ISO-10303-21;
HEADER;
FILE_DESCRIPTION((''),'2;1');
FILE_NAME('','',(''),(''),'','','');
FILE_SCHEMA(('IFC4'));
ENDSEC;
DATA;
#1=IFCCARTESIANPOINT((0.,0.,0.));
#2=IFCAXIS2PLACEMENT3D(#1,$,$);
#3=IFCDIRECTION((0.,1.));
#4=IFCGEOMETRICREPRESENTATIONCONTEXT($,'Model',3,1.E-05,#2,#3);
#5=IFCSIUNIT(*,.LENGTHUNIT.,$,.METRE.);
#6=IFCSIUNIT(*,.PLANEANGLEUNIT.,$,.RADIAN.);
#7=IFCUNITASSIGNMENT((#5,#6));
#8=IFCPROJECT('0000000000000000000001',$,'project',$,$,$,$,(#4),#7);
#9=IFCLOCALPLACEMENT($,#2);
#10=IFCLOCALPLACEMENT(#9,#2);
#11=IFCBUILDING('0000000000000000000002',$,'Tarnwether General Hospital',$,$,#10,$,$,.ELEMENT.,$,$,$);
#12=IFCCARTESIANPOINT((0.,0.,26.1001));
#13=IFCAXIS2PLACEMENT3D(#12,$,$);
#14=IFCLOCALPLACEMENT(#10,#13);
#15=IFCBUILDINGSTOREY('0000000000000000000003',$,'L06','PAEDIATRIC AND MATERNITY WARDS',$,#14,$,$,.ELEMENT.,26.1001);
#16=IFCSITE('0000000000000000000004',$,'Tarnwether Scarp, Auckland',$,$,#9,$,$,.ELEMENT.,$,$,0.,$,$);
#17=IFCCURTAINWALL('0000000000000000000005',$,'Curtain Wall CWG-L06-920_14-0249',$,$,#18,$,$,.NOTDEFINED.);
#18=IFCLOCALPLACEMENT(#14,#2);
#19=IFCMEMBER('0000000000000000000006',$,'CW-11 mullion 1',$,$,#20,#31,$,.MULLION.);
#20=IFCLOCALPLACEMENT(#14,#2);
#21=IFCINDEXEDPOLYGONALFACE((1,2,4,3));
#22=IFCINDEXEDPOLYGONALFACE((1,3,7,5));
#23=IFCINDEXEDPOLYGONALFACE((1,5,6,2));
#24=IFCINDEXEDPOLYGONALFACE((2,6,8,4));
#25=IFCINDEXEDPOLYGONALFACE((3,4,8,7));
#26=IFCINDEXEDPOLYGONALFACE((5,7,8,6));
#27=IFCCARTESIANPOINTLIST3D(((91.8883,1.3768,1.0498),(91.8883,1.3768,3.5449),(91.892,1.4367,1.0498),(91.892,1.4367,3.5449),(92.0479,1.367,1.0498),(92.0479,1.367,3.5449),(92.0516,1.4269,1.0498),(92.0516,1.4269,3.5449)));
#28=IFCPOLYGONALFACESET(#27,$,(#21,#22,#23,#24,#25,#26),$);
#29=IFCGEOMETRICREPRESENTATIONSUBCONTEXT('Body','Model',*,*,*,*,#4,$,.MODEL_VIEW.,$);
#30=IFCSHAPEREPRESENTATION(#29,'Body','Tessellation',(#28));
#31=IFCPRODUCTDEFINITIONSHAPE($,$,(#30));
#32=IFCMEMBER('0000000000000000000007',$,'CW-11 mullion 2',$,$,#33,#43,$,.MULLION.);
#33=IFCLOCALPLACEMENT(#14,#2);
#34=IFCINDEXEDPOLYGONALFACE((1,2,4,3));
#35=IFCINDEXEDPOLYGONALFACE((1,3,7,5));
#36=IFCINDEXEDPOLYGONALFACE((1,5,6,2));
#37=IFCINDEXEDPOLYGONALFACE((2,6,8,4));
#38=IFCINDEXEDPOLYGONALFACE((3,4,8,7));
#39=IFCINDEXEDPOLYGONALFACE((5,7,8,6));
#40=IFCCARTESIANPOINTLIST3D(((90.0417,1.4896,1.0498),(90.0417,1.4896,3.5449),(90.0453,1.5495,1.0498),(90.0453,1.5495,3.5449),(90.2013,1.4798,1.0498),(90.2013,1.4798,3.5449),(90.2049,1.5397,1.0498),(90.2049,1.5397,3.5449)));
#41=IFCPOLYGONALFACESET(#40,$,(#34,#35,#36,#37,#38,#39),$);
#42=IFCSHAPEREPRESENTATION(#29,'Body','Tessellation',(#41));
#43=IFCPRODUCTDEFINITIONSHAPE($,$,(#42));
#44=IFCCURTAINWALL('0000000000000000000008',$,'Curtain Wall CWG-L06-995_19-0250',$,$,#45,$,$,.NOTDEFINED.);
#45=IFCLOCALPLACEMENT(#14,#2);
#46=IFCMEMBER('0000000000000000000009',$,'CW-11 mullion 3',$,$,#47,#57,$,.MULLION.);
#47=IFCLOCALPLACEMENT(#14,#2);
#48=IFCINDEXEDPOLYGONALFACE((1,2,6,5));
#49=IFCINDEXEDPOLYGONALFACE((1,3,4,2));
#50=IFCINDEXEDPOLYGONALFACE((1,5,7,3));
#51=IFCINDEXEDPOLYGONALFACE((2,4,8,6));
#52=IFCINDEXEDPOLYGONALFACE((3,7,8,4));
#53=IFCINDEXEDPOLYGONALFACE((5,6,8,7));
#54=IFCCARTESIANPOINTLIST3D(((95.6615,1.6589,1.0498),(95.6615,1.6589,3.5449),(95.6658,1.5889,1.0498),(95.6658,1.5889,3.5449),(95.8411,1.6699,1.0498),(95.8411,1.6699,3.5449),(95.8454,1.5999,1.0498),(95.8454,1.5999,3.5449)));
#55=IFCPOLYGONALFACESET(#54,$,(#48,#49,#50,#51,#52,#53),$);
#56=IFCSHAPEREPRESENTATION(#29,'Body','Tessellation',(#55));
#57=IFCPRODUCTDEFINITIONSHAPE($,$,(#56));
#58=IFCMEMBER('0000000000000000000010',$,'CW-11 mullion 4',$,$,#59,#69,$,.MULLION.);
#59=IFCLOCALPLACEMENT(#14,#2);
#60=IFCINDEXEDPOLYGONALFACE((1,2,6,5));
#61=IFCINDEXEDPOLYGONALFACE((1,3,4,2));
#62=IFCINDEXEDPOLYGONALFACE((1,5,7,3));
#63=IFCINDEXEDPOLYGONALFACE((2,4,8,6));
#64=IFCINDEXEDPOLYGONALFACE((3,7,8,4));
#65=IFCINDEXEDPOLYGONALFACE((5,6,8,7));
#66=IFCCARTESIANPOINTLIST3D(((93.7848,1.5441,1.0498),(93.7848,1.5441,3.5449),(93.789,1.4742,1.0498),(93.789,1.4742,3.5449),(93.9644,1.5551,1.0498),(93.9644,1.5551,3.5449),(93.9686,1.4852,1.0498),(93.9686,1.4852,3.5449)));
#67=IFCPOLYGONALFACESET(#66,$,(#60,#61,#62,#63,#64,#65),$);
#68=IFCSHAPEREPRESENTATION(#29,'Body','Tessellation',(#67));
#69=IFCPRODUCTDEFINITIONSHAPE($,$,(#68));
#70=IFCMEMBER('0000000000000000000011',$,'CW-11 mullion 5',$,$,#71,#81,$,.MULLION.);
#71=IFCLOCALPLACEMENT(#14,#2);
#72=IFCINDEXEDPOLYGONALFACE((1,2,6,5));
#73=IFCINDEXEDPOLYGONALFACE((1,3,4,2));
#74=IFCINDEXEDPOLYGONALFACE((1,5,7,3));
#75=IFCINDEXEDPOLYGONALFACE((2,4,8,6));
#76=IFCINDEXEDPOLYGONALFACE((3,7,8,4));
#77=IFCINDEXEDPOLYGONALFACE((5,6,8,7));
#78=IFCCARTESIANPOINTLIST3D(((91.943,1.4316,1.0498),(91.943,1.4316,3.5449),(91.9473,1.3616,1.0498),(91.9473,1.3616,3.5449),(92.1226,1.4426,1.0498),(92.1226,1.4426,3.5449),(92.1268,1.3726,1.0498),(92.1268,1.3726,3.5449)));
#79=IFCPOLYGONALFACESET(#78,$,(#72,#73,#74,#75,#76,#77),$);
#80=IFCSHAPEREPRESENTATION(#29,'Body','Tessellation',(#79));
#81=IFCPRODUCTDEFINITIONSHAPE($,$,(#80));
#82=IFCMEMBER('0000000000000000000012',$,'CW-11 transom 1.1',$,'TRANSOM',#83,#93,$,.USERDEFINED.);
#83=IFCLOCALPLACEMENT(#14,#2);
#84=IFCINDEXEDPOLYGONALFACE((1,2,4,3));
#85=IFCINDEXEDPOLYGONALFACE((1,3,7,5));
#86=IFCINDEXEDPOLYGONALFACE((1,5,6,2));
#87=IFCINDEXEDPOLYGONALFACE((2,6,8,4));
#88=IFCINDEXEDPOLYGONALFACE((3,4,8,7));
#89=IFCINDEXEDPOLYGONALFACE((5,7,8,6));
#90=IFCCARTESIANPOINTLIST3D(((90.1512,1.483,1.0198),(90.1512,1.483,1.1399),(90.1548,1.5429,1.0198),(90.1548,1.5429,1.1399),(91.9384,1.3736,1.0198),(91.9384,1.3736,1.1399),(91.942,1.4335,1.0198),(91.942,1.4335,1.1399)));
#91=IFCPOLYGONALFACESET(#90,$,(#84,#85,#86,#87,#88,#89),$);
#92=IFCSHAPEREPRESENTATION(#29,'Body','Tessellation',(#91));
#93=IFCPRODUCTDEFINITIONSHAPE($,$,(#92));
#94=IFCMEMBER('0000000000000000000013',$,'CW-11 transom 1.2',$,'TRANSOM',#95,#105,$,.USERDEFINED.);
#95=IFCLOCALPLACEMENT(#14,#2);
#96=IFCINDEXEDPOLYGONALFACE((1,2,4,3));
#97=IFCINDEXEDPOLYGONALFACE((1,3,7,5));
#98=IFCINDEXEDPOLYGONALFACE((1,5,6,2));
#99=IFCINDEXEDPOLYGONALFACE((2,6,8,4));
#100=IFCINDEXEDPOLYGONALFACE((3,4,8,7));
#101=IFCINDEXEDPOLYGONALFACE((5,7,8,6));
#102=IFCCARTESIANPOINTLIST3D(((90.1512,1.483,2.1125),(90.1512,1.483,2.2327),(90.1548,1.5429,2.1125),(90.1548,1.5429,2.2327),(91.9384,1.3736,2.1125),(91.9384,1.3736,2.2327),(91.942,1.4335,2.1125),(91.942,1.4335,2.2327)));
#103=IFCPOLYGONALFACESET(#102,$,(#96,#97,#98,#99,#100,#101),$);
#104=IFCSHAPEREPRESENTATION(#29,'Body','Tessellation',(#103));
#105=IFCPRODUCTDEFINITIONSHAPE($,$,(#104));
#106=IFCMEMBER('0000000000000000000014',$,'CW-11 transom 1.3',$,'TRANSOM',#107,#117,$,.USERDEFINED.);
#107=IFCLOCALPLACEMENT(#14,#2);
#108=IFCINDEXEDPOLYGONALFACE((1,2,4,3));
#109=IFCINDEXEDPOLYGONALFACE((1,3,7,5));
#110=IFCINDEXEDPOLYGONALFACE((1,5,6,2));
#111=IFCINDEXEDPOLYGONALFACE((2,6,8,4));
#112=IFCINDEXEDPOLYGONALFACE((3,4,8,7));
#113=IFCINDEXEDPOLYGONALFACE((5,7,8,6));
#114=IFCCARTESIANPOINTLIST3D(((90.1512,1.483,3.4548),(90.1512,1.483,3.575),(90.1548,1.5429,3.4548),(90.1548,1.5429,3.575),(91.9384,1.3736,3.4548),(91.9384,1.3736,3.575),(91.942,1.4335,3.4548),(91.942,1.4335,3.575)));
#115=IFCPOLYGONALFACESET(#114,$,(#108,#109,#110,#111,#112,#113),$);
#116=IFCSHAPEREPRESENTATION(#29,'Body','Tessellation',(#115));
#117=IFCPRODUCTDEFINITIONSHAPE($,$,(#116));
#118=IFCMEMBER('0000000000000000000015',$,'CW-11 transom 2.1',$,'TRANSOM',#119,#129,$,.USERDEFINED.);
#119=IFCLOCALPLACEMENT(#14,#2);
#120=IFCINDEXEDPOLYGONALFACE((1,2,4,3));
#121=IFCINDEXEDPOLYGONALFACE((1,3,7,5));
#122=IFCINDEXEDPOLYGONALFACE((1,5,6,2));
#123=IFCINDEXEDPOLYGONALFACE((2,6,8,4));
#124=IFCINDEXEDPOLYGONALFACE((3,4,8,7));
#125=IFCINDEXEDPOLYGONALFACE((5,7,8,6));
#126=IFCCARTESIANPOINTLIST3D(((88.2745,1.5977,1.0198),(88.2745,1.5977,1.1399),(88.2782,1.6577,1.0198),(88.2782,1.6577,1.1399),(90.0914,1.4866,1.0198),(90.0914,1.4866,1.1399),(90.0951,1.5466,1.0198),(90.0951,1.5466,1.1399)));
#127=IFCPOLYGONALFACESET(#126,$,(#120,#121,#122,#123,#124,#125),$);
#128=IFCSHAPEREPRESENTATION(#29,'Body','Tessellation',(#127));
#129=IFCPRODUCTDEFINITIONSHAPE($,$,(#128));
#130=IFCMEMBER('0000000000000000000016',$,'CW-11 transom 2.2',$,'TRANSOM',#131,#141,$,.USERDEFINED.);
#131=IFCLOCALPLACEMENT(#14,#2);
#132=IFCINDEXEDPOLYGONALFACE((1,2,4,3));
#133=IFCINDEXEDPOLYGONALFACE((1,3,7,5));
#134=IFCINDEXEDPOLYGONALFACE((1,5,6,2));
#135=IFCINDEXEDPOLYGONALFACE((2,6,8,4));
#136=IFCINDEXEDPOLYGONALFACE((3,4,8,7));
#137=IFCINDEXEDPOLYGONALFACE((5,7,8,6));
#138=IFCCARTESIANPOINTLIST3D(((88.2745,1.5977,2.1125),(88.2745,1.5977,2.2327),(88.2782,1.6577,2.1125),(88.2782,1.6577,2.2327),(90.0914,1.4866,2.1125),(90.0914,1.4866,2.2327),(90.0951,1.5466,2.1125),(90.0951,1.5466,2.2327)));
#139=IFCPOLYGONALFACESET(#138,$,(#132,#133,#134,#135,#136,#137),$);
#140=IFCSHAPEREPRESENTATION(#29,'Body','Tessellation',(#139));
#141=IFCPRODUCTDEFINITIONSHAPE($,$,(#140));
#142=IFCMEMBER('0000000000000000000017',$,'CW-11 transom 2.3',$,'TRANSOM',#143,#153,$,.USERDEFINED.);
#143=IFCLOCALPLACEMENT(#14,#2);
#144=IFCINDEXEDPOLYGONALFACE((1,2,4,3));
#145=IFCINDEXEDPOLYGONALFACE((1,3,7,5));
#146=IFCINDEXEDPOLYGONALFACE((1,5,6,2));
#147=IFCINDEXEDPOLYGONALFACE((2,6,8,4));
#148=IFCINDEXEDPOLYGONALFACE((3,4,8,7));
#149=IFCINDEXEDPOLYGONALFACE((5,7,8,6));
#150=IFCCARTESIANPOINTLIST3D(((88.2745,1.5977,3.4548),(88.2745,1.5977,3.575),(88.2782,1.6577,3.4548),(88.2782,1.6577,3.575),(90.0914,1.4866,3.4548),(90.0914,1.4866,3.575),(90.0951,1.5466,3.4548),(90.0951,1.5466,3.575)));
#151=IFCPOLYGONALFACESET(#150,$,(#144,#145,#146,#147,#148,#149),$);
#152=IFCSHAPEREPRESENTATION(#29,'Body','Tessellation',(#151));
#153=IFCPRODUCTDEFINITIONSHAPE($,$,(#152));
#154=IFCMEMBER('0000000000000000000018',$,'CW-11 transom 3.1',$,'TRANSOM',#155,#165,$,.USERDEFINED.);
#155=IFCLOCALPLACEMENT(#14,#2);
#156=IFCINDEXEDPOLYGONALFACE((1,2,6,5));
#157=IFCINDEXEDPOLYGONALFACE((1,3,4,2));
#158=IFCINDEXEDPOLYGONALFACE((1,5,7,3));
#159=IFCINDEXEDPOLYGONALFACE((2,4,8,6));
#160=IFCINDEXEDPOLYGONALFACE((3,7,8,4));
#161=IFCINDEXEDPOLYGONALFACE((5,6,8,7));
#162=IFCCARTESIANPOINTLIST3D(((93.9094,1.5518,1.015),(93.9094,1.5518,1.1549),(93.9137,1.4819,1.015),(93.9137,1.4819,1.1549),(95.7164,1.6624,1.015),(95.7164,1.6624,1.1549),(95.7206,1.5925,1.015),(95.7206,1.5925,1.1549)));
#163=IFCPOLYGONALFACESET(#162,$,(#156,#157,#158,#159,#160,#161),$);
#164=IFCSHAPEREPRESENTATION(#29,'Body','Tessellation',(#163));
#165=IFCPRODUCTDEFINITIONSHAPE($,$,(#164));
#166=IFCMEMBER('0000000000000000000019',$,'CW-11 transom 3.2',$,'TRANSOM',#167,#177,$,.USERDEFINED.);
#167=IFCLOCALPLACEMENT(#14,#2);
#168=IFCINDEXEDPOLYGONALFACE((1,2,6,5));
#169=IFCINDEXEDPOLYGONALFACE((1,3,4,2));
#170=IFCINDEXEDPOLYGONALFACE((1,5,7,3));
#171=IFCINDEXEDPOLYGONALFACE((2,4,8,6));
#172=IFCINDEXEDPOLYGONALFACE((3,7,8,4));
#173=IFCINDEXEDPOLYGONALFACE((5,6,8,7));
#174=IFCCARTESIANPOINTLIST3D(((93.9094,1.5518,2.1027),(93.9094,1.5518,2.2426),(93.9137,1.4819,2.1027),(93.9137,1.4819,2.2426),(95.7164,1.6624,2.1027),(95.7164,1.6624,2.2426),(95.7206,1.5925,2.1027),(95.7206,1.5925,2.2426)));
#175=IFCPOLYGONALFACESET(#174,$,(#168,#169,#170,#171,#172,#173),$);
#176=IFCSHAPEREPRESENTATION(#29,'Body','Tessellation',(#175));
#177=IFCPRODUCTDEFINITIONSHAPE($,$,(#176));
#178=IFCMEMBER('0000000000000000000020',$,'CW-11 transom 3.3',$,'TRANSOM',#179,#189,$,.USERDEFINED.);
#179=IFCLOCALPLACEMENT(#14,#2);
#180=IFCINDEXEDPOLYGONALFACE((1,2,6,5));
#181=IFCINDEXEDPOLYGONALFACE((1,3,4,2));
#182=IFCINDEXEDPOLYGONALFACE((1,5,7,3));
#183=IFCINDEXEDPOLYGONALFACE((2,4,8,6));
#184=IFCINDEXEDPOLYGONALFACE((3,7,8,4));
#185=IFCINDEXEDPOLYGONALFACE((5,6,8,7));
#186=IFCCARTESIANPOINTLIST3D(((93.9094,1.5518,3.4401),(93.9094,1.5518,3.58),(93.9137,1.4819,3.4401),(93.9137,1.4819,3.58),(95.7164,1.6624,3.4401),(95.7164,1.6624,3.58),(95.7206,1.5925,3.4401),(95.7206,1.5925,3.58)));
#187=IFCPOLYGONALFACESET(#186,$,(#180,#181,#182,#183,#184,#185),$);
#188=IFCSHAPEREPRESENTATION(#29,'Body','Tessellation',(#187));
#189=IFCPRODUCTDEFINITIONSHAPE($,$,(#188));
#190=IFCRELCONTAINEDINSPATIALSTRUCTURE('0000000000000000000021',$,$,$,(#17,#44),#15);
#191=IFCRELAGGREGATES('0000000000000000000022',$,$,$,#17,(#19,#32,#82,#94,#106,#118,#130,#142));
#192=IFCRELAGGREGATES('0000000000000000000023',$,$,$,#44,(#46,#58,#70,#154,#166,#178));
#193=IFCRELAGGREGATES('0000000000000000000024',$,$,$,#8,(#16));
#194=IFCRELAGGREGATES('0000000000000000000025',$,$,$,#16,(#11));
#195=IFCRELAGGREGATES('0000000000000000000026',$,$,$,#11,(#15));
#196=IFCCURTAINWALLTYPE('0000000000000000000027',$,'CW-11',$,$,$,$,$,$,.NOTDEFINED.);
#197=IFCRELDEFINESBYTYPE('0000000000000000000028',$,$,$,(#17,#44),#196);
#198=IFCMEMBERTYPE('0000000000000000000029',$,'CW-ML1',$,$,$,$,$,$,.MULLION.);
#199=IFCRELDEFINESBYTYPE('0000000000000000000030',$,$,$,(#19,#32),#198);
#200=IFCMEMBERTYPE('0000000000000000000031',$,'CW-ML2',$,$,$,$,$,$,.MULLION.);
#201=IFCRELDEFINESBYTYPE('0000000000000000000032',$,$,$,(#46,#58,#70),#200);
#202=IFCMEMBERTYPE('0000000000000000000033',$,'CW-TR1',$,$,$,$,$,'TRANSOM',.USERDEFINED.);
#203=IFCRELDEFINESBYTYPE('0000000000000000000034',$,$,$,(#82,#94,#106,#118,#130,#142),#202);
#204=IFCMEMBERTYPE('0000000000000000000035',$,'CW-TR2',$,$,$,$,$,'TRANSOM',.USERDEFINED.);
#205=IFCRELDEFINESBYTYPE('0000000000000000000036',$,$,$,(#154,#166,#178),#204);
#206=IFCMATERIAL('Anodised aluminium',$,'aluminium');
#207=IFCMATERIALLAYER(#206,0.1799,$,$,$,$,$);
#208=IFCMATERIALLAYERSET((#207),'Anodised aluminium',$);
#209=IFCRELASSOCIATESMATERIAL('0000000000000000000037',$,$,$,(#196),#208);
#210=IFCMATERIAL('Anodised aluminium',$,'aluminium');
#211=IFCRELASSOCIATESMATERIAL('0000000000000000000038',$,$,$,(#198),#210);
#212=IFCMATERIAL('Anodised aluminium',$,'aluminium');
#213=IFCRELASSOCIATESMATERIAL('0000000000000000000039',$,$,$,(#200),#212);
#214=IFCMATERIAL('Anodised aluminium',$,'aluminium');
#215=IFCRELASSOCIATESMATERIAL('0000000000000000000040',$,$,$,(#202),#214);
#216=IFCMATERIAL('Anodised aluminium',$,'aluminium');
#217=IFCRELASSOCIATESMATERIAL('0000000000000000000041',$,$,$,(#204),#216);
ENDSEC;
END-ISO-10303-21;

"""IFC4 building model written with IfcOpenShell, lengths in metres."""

from ifc_helpers import new_model, si_unit, direction, frame, origin, origin_2d, place, context, subcontext, project, spatial, rectangle, extrude, material, layer, layer_set, material_profile, profile_set, type_object, element, aggregate, save


model = new_model("IFC4")

# Units and contexts
model_context = context("Model", 3, precision=1e-05, world=origin(), true_north=direction((0.0, 1.0)))
body_context = subcontext(model_context, "Body", "Model", "MODEL_VIEW")
ifc_project = project(units=[si_unit("LENGTHUNIT", "METRE"), si_unit("PLANEANGLEUNIT", "RADIAN")], contexts=[model_context])

# Site, building, storey
site_placement = place(None, origin())
site = spatial("IfcSite", under=ifc_project, at=site_placement, Name="Tarnwether Scarp, Auckland", CompositionType="ELEMENT", RefElevation=0.0)
building_placement = place(site_placement, origin())
building = spatial("IfcBuilding", under=site, at=building_placement, Name="Tarnwether General Hospital", CompositionType="ELEMENT")
storey_placement = place(building_placement, frame((0.0, 0.0, 26.1001)))
storey = spatial("IfcBuildingStorey", under=building, at=storey_placement, Name="L06", Description="PAEDIATRIC AND MATERNITY WARDS", CompositionType="ELEMENT", Elevation=26.1001)

# Curtain walls, members
ifc_material_1 = material(Name="Anodised aluminium", Category="aluminium")
ifc_layer_1 = layer(ifc_material_1, 0.1799)
ifc_layer_set_1 = layer_set([ifc_layer_1], Name="Anodised aluminium")
curtain_wall_type = type_object("IfcCurtainWallType", Name="CW-11", PredefinedType="NOTDEFINED", material=ifc_layer_set_1)
curtain_wall_1_placement = place(storey_placement, origin())
curtain_wall_1 = element("IfcCurtainWall", 1, at=curtain_wall_1_placement, inside=storey, type_object=curtain_wall_type, Name="Curtain Wall CWG-L06-920_14-0249", PredefinedType="NOTDEFINED")
ifc_material_2 = material(Name="Anodised aluminium", Category="aluminium")
ifc_material_profile_1 = material_profile(ifc_material_2, rectangle(XDim=0.0601, YDim=0.1599, at=origin_2d()), Name="ALU-MUL-60x160")
ifc_profile_set_1 = profile_set([ifc_material_profile_1], Name="Anodised aluminium")
member_type_1 = type_object("IfcMemberType", Name="CW-ML1", PredefinedType="MULLION", material=ifc_profile_set_1)
member_1_placement = place(storey_placement, frame((91.97, 1.4019, 1.0498), z_axis=(0.0, 0.0, 1.0), x_axis=(-0.061029, -0.998136, 0.0)))
member_1 = element("IfcMember", 2, at=member_1_placement, type_object=member_type_1, Name="CW-11 mullion 1", PredefinedType="MULLION", context=body_context, shape_type="SweptSolid", body=[
    extrude(rectangle(XDim=0.0601, YDim=0.1599, at=origin_2d()), origin(), (0.0, 0.0, 1.0), 2.4951),
])
member_2_placement = place(storey_placement, frame((90.1233, 1.5146, 1.0498), z_axis=(0.0, 0.0, 1.0), x_axis=(-0.061029, -0.998136, 0.0)))
member_2 = element("IfcMember", 3, at=member_2_placement, type_object=member_type_1, Name="CW-11 mullion 2", PredefinedType="MULLION", context=body_context, shape_type="SweptSolid", body=[
    extrude(rectangle(XDim=0.0601, YDim=0.1599, at=origin_2d()), origin(), (0.0, 0.0, 1.0), 2.4951),
])
curtain_wall_2_placement = place(storey_placement, origin())
curtain_wall_2 = element("IfcCurtainWall", 4, at=curtain_wall_2_placement, inside=storey, type_object=curtain_wall_type, Name="Curtain Wall CWG-L06-995_19-0250", PredefinedType="NOTDEFINED")
ifc_material_3 = material(Name="Anodised aluminium", Category="aluminium")
ifc_material_profile_2 = material_profile(ifc_material_3, rectangle(XDim=0.0701, YDim=0.1799, at=origin_2d()), Name="ALU-MUL-70x180")
ifc_profile_set_2 = profile_set([ifc_material_profile_2], Name="Anodised aluminium")
member_type_2 = type_object("IfcMemberType", Name="CW-ML2", PredefinedType="MULLION", material=ifc_profile_set_2)
member_3_placement = place(storey_placement, frame((95.7534, 1.6294, 1.0498), z_axis=(0.0, 0.0, 1.0), x_axis=(0.061029, -0.998136, 0.0)))
member_3 = element("IfcMember", 5, at=member_3_placement, type_object=member_type_2, Name="CW-11 mullion 3", PredefinedType="MULLION", context=body_context, shape_type="SweptSolid", body=[
    extrude(rectangle(XDim=0.0701, YDim=0.1799, at=origin_2d()), origin(), (0.0, 0.0, 1.0), 2.4951),
])
member_4_placement = place(storey_placement, frame((93.8767, 1.5146, 1.0498), z_axis=(0.0, 0.0, 1.0), x_axis=(0.061029, -0.998136, 0.0)))
member_4 = element("IfcMember", 6, at=member_4_placement, type_object=member_type_2, Name="CW-11 mullion 4", PredefinedType="MULLION", context=body_context, shape_type="SweptSolid", body=[
    extrude(rectangle(XDim=0.0701, YDim=0.1799, at=origin_2d()), origin(), (0.0, 0.0, 1.0), 2.4951),
])
member_5_placement = place(storey_placement, frame((92.0349, 1.4021, 1.0498), z_axis=(0.0, 0.0, 1.0), x_axis=(0.061029, -0.998136, 0.0)))
member_5 = element("IfcMember", 7, at=member_5_placement, type_object=member_type_2, Name="CW-11 mullion 5", PredefinedType="MULLION", context=body_context, shape_type="SweptSolid", body=[
    extrude(rectangle(XDim=0.0701, YDim=0.1799, at=origin_2d()), origin(), (0.0, 0.0, 1.0), 2.4951),
])

# Members
ifc_material_4 = material(Name="Anodised aluminium", Category="aluminium")
ifc_material_profile_3 = material_profile(ifc_material_4, rectangle(XDim=0.0601, YDim=0.1201, at=origin_2d()), Name="ALU-TRN-60x120")
ifc_profile_set_3 = profile_set([ifc_material_profile_3], Name="Anodised aluminium")
member_type_3 = type_object("IfcMemberType", Name="CW-TR1", ElementType="TRANSOM", PredefinedType="USERDEFINED", material=ifc_profile_set_3)
member_6_placement = place(storey_placement, frame((91.9402, 1.4036, 1.0798), z_axis=(-0.998132, 0.061088, 0.0), x_axis=(-0.061088, -0.998132, 0.0)))
member_6 = element("IfcMember", 8, at=member_6_placement, type_object=member_type_3, Name="CW-11 transom 1.1", ObjectType="TRANSOM", PredefinedType="USERDEFINED", context=body_context, shape_type="SweptSolid", body=[
    extrude(rectangle(XDim=0.0601, YDim=0.1201, at=origin_2d()), origin(), (0.0, 0.0, 1.0), 1.7905),
])
member_7_placement = place(storey_placement, frame((91.9402, 1.4036, 2.1726), z_axis=(-0.998132, 0.061088, 0.0), x_axis=(-0.061088, -0.998132, 0.0)))
member_7 = element("IfcMember", 9, at=member_7_placement, type_object=member_type_3, Name="CW-11 transom 1.2", ObjectType="TRANSOM", PredefinedType="USERDEFINED", context=body_context, shape_type="SweptSolid", body=[
    extrude(rectangle(XDim=0.0601, YDim=0.1201, at=origin_2d()), origin(), (0.0, 0.0, 1.0), 1.7905),
])
member_8_placement = place(storey_placement, frame((91.9402, 1.4036, 3.5149), z_axis=(-0.998132, 0.061088, 0.0), x_axis=(-0.061088, -0.998132, 0.0)))
member_8 = element("IfcMember", 10, at=member_8_placement, type_object=member_type_3, Name="CW-11 transom 1.3", ObjectType="TRANSOM", PredefinedType="USERDEFINED", context=body_context, shape_type="SweptSolid", body=[
    extrude(rectangle(XDim=0.0601, YDim=0.1201, at=origin_2d()), origin(), (0.0, 0.0, 1.0), 1.7905),
])
member_9_placement = place(storey_placement, frame((90.0933, 1.5166, 1.0798), z_axis=(-0.998136, 0.061026, 0.0), x_axis=(-0.061026, -0.998136, 0.0)))
member_9 = element("IfcMember", 11, at=member_9_placement, type_object=member_type_3, Name="CW-11 transom 2.1", ObjectType="TRANSOM", PredefinedType="USERDEFINED", context=body_context, shape_type="SweptSolid", body=[
    extrude(rectangle(XDim=0.0601, YDim=0.1201, at=origin_2d()), origin(), (0.0, 0.0, 1.0), 1.8203),
])
member_10_placement = place(storey_placement, frame((90.0933, 1.5166, 2.1726), z_axis=(-0.998136, 0.061026, 0.0), x_axis=(-0.061026, -0.998136, 0.0)))
member_10 = element("IfcMember", 12, at=member_10_placement, type_object=member_type_3, Name="CW-11 transom 2.2", ObjectType="TRANSOM", PredefinedType="USERDEFINED", context=body_context, shape_type="SweptSolid", body=[
    extrude(rectangle(XDim=0.0601, YDim=0.1201, at=origin_2d()), origin(), (0.0, 0.0, 1.0), 1.8203),
])
member_11_placement = place(storey_placement, frame((90.0933, 1.5166, 3.5149), z_axis=(-0.998136, 0.061026, 0.0), x_axis=(-0.061026, -0.998136, 0.0)))
member_11 = element("IfcMember", 13, at=member_11_placement, type_object=member_type_3, Name="CW-11 transom 2.3", ObjectType="TRANSOM", PredefinedType="USERDEFINED", context=body_context, shape_type="SweptSolid", body=[
    extrude(rectangle(XDim=0.0601, YDim=0.1201, at=origin_2d()), origin(), (0.0, 0.0, 1.0), 1.8203),
])
ifc_material_5 = material(Name="Anodised aluminium", Category="aluminium")
ifc_material_profile_4 = material_profile(ifc_material_5, rectangle(XDim=0.0701, YDim=0.1399, at=origin_2d()), Name="ALU-TRN-70x140")
ifc_profile_set_4 = profile_set([ifc_material_profile_4], Name="Anodised aluminium")
member_type_4 = type_object("IfcMemberType", Name="CW-TR2", ElementType="TRANSOM", PredefinedType="USERDEFINED", material=ifc_profile_set_4)
member_12_placement = place(storey_placement, frame((95.7185, 1.6274, 1.085), z_axis=(-0.998132, -0.061094, 0.0), x_axis=(0.061094, -0.998132, 0.0)))
member_12 = element("IfcMember", 14, at=member_12_placement, type_object=member_type_4, Name="CW-11 transom 3.1", ObjectType="TRANSOM", PredefinedType="USERDEFINED", context=body_context, shape_type="SweptSolid", body=[
    extrude(rectangle(XDim=0.0701, YDim=0.1399, at=origin_2d()), origin(), (0.0, 0.0, 1.0), 1.8103),
])
member_13_placement = place(storey_placement, frame((95.7185, 1.6274, 2.1726), z_axis=(-0.998132, -0.061094, 0.0), x_axis=(0.061094, -0.998132, 0.0)))
member_13 = element("IfcMember", 15, at=member_13_placement, type_object=member_type_4, Name="CW-11 transom 3.2", ObjectType="TRANSOM", PredefinedType="USERDEFINED", context=body_context, shape_type="SweptSolid", body=[
    extrude(rectangle(XDim=0.0701, YDim=0.1399, at=origin_2d()), origin(), (0.0, 0.0, 1.0), 1.8103),
])
member_14_placement = place(storey_placement, frame((95.7185, 1.6274, 3.51), z_axis=(-0.998132, -0.061094, 0.0), x_axis=(0.061094, -0.998132, 0.0)))
member_14 = element("IfcMember", 16, at=member_14_placement, type_object=member_type_4, Name="CW-11 transom 3.3", ObjectType="TRANSOM", PredefinedType="USERDEFINED", context=body_context, shape_type="SweptSolid", body=[
    extrude(rectangle(XDim=0.0701, YDim=0.1399, at=origin_2d()), origin(), (0.0, 0.0, 1.0), 1.8103),
])

aggregate(curtain_wall_1, [member_1, member_2, member_6, member_7, member_8, member_9, member_10, member_11])
aggregate(curtain_wall_2, [member_3, member_4, member_5, member_12, member_13, member_14])

save(model, "model.ifc")
